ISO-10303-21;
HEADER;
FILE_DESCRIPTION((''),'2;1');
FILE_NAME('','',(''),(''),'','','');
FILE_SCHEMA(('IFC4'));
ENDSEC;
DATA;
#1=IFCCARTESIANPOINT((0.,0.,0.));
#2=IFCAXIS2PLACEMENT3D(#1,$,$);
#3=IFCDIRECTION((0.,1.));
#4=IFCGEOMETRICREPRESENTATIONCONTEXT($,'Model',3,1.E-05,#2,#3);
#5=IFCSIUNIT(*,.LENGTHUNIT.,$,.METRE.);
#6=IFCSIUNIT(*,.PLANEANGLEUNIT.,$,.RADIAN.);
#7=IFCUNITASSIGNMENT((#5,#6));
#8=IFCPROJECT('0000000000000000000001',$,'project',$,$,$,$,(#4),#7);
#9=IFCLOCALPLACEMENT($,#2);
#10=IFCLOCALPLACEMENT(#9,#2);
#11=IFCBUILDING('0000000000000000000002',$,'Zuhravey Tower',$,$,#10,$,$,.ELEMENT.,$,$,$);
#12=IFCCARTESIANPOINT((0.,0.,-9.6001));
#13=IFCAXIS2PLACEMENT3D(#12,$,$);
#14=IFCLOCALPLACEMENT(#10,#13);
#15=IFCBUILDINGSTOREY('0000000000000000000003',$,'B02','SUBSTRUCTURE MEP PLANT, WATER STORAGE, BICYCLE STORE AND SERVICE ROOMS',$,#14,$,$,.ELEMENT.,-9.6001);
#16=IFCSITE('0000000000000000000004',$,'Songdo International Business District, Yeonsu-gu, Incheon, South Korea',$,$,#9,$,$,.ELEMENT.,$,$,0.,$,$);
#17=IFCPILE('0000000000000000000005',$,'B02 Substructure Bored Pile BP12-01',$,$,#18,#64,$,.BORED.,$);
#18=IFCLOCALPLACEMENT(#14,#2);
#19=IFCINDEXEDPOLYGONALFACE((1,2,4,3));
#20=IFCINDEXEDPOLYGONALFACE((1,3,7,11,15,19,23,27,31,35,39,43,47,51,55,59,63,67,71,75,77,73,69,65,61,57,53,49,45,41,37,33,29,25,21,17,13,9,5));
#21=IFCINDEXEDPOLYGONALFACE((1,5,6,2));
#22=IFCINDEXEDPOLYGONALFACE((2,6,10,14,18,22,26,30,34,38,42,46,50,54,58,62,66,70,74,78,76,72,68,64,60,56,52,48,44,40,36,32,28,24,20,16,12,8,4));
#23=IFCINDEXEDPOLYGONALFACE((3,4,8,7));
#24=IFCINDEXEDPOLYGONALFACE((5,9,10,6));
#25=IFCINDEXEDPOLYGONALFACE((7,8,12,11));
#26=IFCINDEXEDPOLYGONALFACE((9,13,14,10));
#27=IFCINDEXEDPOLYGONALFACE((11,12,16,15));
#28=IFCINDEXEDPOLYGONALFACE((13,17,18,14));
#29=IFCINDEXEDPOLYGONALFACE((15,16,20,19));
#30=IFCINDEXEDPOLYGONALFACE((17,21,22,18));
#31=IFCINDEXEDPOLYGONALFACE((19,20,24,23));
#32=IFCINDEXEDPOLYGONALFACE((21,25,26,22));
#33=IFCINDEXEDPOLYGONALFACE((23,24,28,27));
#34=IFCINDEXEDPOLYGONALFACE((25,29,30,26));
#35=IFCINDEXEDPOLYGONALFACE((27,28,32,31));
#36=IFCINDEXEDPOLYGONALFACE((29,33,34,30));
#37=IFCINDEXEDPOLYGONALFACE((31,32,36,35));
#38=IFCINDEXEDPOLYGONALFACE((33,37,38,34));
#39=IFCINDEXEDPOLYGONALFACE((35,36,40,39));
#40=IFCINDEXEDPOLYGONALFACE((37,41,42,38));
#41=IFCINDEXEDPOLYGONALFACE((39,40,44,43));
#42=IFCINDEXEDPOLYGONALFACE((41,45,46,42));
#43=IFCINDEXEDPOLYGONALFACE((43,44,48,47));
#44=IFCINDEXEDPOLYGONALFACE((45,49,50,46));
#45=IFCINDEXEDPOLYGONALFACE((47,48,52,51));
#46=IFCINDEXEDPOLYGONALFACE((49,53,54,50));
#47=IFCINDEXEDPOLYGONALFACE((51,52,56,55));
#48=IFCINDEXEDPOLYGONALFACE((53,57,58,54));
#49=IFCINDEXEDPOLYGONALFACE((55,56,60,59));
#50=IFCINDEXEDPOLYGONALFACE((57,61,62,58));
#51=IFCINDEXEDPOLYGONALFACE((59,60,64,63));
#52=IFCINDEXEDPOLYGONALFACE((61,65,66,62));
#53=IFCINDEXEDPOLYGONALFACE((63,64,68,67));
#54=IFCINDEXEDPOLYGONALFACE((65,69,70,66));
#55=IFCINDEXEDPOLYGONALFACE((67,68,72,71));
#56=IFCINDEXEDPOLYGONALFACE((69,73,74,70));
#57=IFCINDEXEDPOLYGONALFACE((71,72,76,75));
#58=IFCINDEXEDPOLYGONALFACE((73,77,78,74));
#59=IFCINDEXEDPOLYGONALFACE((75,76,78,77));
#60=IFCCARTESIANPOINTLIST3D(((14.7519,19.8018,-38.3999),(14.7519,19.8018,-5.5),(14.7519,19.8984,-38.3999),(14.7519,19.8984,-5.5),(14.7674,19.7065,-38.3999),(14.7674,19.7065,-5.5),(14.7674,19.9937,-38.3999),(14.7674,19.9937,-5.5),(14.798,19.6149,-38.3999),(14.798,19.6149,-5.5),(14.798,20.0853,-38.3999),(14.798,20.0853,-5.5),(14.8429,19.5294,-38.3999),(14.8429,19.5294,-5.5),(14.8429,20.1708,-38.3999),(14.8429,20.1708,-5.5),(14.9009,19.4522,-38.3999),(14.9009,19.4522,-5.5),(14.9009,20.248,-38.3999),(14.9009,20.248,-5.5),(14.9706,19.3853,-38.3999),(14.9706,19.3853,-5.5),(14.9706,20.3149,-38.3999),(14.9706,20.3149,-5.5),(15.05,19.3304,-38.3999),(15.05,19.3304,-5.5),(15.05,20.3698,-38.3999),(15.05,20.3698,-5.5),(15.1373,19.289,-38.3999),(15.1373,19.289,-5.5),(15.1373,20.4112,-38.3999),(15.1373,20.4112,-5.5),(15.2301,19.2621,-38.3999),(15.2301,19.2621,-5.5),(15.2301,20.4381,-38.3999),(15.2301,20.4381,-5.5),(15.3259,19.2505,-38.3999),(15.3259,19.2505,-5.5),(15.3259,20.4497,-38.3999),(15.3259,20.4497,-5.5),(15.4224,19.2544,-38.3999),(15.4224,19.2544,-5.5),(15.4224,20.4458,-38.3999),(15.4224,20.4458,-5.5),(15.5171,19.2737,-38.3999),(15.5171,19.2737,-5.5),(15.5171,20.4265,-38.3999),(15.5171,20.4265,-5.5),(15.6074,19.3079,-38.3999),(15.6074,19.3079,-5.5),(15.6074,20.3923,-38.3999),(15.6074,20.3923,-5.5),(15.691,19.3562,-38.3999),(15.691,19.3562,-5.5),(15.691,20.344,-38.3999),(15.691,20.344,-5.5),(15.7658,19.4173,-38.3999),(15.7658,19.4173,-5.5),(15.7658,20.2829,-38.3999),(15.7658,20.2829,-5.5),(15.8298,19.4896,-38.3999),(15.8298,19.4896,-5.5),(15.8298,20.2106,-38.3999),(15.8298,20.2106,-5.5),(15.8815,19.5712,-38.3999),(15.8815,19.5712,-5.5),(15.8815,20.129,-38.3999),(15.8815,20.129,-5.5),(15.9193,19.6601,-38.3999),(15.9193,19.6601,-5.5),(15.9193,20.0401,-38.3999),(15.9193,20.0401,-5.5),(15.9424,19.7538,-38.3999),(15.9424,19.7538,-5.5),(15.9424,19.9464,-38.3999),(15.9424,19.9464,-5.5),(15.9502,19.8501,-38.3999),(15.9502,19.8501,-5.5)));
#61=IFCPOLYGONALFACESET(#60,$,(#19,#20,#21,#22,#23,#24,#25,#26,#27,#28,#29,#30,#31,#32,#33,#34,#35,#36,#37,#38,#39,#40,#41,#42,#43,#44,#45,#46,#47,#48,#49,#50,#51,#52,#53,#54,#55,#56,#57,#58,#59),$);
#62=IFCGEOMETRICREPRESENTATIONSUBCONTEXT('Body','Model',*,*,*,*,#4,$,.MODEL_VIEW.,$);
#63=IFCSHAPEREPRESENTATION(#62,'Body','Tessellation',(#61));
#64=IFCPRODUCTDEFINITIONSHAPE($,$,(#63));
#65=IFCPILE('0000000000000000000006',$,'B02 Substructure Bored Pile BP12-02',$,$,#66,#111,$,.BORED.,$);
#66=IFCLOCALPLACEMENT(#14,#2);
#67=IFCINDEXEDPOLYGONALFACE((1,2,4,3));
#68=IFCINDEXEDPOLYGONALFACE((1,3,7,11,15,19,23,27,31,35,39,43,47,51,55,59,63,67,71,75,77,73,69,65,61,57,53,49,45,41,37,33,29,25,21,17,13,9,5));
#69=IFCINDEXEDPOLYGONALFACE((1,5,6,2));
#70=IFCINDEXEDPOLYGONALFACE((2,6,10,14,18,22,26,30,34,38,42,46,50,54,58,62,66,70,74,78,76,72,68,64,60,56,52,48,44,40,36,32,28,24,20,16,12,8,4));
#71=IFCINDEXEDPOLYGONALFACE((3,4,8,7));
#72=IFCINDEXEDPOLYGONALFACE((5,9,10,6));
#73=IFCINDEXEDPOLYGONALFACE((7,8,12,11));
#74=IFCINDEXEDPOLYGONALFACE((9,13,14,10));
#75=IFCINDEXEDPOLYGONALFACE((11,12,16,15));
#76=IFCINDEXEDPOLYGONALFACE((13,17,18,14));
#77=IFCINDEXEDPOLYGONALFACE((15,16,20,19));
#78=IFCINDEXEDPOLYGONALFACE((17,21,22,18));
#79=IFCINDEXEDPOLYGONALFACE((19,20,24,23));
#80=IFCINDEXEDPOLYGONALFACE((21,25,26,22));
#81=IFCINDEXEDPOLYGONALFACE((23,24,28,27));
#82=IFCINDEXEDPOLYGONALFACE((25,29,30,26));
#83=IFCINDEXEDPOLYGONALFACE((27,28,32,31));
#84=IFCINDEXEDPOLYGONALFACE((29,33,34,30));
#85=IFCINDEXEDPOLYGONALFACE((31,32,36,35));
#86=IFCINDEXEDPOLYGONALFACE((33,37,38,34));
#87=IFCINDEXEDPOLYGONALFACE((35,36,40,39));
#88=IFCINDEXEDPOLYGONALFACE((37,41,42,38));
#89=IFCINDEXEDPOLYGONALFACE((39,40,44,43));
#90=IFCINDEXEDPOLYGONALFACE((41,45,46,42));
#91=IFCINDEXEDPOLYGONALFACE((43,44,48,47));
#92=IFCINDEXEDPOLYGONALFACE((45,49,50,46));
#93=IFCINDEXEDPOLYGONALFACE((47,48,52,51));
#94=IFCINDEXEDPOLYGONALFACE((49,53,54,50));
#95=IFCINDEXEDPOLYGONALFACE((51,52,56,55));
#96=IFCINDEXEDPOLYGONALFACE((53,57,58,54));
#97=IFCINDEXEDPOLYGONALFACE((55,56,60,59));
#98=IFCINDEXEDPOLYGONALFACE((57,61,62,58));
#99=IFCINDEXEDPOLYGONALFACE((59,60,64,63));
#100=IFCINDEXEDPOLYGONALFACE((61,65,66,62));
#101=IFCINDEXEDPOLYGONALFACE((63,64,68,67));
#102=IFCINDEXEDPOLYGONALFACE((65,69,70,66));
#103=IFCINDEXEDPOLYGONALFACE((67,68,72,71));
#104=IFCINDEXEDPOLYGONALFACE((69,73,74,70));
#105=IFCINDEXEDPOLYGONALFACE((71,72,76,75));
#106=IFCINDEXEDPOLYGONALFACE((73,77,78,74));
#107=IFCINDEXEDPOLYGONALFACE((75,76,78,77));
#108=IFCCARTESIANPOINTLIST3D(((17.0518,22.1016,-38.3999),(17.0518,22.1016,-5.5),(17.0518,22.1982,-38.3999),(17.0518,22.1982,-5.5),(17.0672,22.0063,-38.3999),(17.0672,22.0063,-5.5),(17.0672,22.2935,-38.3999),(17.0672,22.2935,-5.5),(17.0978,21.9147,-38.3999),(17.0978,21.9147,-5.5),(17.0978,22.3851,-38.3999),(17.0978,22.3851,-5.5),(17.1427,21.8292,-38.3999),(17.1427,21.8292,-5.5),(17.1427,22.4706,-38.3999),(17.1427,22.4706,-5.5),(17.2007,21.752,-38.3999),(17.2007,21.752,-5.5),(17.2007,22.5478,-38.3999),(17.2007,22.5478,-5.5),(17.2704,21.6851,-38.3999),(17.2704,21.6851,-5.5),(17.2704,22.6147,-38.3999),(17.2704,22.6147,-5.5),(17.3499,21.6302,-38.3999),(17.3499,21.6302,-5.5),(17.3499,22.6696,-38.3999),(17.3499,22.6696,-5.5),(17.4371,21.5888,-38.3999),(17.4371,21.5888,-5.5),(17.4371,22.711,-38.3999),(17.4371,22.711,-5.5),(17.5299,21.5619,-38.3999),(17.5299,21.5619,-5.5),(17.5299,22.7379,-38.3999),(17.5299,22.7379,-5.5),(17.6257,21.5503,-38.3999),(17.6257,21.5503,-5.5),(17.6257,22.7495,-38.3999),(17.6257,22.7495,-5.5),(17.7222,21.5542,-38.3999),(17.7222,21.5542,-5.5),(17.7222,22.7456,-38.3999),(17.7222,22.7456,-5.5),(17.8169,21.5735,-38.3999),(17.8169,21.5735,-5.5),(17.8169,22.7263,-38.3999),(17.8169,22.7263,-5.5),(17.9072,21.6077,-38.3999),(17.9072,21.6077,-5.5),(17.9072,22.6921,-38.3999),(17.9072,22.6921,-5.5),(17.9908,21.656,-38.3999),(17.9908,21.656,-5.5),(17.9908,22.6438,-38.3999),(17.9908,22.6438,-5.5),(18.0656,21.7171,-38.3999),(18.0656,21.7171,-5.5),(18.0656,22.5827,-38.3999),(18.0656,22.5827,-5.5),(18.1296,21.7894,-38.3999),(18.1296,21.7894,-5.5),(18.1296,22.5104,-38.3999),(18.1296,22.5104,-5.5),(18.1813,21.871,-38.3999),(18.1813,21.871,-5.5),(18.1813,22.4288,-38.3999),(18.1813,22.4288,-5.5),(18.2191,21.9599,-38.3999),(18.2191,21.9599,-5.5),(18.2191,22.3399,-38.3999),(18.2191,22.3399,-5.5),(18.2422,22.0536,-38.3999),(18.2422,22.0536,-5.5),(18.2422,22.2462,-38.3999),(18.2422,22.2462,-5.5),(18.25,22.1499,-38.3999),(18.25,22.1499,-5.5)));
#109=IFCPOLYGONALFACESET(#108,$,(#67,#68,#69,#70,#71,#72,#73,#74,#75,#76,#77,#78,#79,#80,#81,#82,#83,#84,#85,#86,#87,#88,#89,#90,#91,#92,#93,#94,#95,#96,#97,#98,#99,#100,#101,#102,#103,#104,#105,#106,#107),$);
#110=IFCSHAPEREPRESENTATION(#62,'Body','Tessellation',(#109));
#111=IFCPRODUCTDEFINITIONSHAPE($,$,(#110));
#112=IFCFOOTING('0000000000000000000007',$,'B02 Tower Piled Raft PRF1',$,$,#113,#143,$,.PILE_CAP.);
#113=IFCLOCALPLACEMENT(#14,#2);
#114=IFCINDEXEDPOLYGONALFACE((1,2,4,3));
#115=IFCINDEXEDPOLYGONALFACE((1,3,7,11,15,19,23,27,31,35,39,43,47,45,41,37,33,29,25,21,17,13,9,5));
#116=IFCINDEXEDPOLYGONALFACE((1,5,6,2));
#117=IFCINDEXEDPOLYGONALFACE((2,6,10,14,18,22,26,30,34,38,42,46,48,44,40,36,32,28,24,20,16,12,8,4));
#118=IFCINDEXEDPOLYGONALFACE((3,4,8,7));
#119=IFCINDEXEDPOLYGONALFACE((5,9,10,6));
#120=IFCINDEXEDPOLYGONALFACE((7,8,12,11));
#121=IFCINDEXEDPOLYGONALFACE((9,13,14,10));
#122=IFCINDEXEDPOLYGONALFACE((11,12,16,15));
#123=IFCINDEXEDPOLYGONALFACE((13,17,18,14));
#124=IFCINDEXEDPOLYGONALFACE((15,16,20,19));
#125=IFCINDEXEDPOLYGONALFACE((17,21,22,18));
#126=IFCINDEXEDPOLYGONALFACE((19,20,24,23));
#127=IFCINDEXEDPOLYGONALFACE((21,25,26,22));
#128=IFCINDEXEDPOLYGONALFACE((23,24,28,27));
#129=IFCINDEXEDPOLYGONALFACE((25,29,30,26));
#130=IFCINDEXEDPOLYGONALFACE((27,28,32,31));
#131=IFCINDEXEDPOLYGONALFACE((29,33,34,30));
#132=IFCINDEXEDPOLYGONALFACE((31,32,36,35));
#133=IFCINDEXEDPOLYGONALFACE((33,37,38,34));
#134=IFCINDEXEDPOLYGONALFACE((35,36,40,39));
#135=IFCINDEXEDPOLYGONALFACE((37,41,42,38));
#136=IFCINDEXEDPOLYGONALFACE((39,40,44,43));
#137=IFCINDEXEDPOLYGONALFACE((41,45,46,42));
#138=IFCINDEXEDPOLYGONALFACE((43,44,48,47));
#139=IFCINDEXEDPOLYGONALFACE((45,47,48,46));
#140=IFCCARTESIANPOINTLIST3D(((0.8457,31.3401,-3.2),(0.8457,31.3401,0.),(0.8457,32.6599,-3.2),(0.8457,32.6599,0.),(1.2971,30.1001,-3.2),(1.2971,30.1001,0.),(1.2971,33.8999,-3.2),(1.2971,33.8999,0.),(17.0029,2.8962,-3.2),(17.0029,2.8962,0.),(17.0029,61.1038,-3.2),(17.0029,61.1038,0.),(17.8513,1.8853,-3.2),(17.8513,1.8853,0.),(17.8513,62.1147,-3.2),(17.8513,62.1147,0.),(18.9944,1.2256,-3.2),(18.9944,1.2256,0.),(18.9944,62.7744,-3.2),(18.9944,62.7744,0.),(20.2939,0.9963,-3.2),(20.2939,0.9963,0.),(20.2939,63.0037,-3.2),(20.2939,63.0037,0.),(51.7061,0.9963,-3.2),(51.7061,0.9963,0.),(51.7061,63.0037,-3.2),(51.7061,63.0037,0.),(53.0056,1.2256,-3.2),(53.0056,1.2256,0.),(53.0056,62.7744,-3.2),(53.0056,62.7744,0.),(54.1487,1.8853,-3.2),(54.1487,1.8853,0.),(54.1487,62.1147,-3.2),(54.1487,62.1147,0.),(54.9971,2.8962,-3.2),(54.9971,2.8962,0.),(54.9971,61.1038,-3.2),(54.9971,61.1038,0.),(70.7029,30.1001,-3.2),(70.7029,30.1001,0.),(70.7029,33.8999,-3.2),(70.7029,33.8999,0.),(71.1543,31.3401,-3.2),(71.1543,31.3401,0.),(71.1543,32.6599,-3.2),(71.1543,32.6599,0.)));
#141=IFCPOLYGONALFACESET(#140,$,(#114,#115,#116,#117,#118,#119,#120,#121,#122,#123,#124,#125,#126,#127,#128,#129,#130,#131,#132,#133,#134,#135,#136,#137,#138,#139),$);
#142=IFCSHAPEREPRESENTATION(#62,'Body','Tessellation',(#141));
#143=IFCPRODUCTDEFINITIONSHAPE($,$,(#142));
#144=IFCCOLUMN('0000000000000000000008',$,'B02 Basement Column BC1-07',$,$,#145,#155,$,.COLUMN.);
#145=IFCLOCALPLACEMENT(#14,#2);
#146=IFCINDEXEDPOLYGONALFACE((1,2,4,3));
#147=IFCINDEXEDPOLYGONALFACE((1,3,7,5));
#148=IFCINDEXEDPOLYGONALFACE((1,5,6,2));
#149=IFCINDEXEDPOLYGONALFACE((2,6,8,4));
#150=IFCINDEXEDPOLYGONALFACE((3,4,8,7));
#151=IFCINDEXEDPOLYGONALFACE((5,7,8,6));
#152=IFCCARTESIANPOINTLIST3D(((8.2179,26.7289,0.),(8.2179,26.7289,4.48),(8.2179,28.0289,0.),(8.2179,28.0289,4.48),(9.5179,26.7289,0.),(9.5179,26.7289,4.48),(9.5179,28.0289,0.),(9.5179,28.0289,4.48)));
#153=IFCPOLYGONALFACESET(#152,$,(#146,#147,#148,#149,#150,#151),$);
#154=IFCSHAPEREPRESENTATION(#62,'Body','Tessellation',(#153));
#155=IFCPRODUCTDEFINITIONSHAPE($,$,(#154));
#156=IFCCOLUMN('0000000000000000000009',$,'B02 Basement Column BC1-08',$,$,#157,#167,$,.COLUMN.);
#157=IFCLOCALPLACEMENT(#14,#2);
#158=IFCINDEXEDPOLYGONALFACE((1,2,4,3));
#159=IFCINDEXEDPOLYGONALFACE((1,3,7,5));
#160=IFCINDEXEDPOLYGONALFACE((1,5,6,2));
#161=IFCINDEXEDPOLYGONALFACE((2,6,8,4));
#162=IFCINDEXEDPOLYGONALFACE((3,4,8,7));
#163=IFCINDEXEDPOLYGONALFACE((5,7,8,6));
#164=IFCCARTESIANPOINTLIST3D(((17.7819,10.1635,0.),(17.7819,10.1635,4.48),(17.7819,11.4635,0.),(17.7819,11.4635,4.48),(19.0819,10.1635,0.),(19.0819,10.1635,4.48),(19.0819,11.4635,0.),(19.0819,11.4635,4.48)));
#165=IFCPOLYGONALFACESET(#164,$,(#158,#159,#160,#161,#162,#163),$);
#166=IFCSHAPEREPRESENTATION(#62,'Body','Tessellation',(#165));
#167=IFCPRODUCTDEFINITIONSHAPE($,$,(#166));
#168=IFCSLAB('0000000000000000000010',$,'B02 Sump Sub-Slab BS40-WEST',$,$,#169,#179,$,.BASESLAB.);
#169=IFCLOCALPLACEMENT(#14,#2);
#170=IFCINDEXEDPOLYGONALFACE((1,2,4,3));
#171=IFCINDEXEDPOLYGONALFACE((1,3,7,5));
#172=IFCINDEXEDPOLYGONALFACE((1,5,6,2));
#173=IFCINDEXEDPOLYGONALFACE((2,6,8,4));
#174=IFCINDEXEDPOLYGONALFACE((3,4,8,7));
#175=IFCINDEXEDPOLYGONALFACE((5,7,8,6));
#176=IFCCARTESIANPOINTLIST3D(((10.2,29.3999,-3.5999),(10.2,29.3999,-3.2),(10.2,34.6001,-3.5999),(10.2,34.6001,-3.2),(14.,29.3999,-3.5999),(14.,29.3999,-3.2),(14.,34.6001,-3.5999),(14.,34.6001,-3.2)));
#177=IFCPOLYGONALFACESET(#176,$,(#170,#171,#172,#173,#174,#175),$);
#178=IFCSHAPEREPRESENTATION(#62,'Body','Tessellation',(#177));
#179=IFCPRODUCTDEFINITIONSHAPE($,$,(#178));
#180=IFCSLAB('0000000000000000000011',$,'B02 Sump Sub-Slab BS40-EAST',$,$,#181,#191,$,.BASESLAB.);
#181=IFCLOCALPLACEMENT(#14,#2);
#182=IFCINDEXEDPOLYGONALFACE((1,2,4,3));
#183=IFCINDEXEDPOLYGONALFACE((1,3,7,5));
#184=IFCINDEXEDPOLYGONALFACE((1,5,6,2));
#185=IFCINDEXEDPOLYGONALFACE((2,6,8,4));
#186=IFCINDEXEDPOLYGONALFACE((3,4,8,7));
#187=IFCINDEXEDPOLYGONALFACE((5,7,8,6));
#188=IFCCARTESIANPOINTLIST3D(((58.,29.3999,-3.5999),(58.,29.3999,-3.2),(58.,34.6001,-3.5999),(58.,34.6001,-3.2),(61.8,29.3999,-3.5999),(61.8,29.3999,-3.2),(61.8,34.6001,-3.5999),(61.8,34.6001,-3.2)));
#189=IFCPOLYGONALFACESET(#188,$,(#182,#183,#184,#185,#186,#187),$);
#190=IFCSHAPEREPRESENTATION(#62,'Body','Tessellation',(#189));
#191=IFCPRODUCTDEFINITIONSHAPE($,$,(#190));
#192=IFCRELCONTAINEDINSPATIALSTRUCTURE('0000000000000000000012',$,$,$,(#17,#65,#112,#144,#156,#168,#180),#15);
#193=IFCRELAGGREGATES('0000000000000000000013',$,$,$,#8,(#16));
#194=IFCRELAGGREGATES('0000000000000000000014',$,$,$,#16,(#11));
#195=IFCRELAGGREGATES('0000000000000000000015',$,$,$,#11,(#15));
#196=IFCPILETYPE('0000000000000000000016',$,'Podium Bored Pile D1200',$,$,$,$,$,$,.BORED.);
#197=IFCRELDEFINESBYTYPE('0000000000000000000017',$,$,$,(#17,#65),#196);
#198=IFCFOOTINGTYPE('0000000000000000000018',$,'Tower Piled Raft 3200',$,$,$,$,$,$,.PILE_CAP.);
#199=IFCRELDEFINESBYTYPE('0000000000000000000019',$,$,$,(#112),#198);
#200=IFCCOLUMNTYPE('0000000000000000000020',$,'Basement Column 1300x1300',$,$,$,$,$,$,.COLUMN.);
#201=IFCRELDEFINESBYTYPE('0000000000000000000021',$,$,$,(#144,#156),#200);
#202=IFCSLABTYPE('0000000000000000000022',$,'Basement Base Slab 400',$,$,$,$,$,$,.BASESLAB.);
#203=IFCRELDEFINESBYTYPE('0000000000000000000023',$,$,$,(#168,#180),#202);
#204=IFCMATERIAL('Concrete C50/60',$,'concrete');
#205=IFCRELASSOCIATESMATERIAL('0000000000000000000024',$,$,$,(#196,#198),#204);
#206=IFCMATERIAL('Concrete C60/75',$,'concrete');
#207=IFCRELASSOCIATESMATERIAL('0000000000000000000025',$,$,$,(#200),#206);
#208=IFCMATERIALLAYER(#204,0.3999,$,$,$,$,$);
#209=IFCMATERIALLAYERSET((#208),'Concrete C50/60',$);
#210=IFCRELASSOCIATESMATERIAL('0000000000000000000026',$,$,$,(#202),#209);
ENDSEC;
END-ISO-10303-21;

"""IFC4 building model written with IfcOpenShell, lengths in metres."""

from ifc_helpers import new_model, si_unit, direction, frame, origin, origin_2d, place, context, subcontext, project, spatial, polyline, rectangle, circle, outline, extrude, material, layer, layer_set, material_profile, profile_set, type_object, element, save


model = new_model("IFC4")

# Units and contexts
model_context = context("Model", 3, precision=1e-05, world=origin(), true_north=direction((0.0, 1.0)))
body_context = subcontext(model_context, "Body", "Model", "MODEL_VIEW")
ifc_project = project(units=[si_unit("LENGTHUNIT", "METRE"), si_unit("PLANEANGLEUNIT", "RADIAN")], contexts=[model_context])

# Site, building, storey
site_placement = place(None, origin())
site = spatial("IfcSite", under=ifc_project, at=site_placement, Name="Songdo International Business District, Yeonsu-gu, Incheon, South Korea", CompositionType="ELEMENT", RefElevation=0.0)
building_placement = place(site_placement, origin())
building = spatial("IfcBuilding", under=site, at=building_placement, Name="Zuhravey Tower", CompositionType="ELEMENT")
storey_placement = place(building_placement, frame((0.0, 0.0, -9.6001)))
storey = spatial("IfcBuildingStorey", under=building, at=storey_placement, Name="B02", Description="SUBSTRUCTURE MEP PLANT, WATER STORAGE, BICYCLE STORE AND SERVICE ROOMS", CompositionType="ELEMENT", Elevation=-9.6001)

# Shared definitions
ifc_material_1 = material(Name="Concrete C50/60", Category="concrete")

# Piles
ifc_material_profile_1 = material_profile(ifc_material_1, circle(Radius=0.6001, at=origin_2d()), Name="PILE-D1200")
ifc_profile_set_1 = profile_set([ifc_material_profile_1], Name="Concrete C50/60")
pile_type_1 = type_object("IfcPileType", Name="Podium Bored Pile D1200", PredefinedType="BORED", material=ifc_profile_set_1)
for number, where, z_axis, x_axis, name in (
    (1, (15.3501, 19.8501, -5.5), (0.0, 0.0, -1.0), (1.0, 0.0, 0.0), "B02 Substructure Bored Pile BP12-01"),
    (2, (17.6499, 22.1499, -5.5), (0.0, 0.0, -1.0), (1.0, 0.0, 0.0), "B02 Substructure Bored Pile BP12-02"),
):
    element("IfcPile", number, at=place(storey_placement, frame(where, z_axis=z_axis, x_axis=x_axis)), inside=storey, type_object=pile_type_1, Name=name, PredefinedType="BORED", context=body_context, shape_type="SweptSolid", body=[
        extrude(circle(Radius=0.6001, at=origin_2d()), origin(), (0.0, 0.0, 1.0), 32.8999),
    ])

# Footing
footing_type_1 = type_object("IfcFootingType", Name="Tower Piled Raft 3200", PredefinedType="PILE_CAP", material=ifc_material_1)
footing_1_placement = place(storey_placement, frame((0.0, 0.0, -3.2)))
element("IfcFooting", 3, at=footing_1_placement, inside=storey, type_object=footing_type_1, Name="B02 Tower Piled Raft PRF1", PredefinedType="PILE_CAP", context=body_context, shape_type="SweptSolid", body=[
    extrude(outline(polyline([(70.7029, 30.1001), (71.1543, 31.3401), (71.1543, 32.6599), (70.7029, 33.8999), (54.9971, 61.1038), (54.1487, 62.1147), (53.0056, 62.7744), (51.7061, 63.0037), (20.2939, 63.0037), (18.9944, 62.7744), (17.8513, 62.1147), (17.0029, 61.1038), (1.2971, 33.8999), (0.8457, 32.6599), (0.8457, 31.3401), (1.2971, 30.1001), (17.0029, 2.8962), (17.8513, 1.8853), (18.9944, 1.2256), (20.2939, 0.9963), (51.7061, 0.9963), (53.0056, 1.2256), (54.1487, 1.8853), (54.9971, 2.8962), (70.7029, 30.1001)])), origin(), (0.0, 0.0, 1.0), 3.2),
])

# Columns
ifc_material_2 = material(Name="Concrete C60/75", Category="concrete")
ifc_material_profile_2 = material_profile(ifc_material_2, rectangle(XDim=1.3, YDim=1.3, at=origin_2d()), Name="RC-1300x1300")
ifc_profile_set_2 = profile_set([ifc_material_profile_2], Name="Concrete C60/75")
column_type = type_object("IfcColumnType", Name="Basement Column 1300x1300", PredefinedType="COLUMN", material=ifc_profile_set_2)
for number, where, z_axis, x_axis, name in (
    (4, (8.8679, 27.3789, 0.0), (0.0, 0.0, 1.0), (1.0, 0.0, 0.0), "B02 Basement Column BC1-07"),
    (5, (18.4319, 10.8135, 0.0), (0.0, 0.0, 1.0), (1.0, 0.0, 0.0), "B02 Basement Column BC1-08"),
):
    element("IfcColumn", number, at=place(storey_placement, frame(where, z_axis=z_axis, x_axis=x_axis)), inside=storey, type_object=column_type, Name=name, PredefinedType="COLUMN", context=body_context, shape_type="SweptSolid", body=[
        extrude(rectangle(XDim=1.3, YDim=1.3, at=origin_2d()), origin(), (0.0, 0.0, 1.0), 4.48),
    ])

# Slabs
ifc_layer_1 = layer(ifc_material_1, 0.3999)
ifc_layer_set_1 = layer_set([ifc_layer_1], Name="Concrete C50/60")
slab_type_1 = type_object("IfcSlabType", Name="Basement Base Slab 400", PredefinedType="BASESLAB", material=ifc_layer_set_1)
slab_1_placement = place(storey_placement, frame((0.0, 0.0, -3.5999)))
element("IfcSlab", 6, at=slab_1_placement, inside=storey, type_object=slab_type_1, Name="B02 Sump Sub-Slab BS40-WEST", PredefinedType="BASESLAB", context=body_context, shape_type="SweptSolid", body=[
    extrude(outline(polyline([(10.2, 29.3999), (14.0, 29.3999), (14.0, 34.6001), (10.2, 34.6001), (10.2, 29.3999)])), origin(), (0.0, 0.0, 1.0), 0.3999),
])
slab_2_placement = place(storey_placement, frame((0.0, 0.0, -3.5999)))
element("IfcSlab", 7, at=slab_2_placement, inside=storey, type_object=slab_type_1, Name="B02 Sump Sub-Slab BS40-EAST", PredefinedType="BASESLAB", context=body_context, shape_type="SweptSolid", body=[
    extrude(outline(polyline([(58.0, 29.3999), (61.8, 29.3999), (61.8, 34.6001), (58.0, 34.6001), (58.0, 29.3999)])), origin(), (0.0, 0.0, 1.0), 0.3999),
])

save(model, "model.ifc")
